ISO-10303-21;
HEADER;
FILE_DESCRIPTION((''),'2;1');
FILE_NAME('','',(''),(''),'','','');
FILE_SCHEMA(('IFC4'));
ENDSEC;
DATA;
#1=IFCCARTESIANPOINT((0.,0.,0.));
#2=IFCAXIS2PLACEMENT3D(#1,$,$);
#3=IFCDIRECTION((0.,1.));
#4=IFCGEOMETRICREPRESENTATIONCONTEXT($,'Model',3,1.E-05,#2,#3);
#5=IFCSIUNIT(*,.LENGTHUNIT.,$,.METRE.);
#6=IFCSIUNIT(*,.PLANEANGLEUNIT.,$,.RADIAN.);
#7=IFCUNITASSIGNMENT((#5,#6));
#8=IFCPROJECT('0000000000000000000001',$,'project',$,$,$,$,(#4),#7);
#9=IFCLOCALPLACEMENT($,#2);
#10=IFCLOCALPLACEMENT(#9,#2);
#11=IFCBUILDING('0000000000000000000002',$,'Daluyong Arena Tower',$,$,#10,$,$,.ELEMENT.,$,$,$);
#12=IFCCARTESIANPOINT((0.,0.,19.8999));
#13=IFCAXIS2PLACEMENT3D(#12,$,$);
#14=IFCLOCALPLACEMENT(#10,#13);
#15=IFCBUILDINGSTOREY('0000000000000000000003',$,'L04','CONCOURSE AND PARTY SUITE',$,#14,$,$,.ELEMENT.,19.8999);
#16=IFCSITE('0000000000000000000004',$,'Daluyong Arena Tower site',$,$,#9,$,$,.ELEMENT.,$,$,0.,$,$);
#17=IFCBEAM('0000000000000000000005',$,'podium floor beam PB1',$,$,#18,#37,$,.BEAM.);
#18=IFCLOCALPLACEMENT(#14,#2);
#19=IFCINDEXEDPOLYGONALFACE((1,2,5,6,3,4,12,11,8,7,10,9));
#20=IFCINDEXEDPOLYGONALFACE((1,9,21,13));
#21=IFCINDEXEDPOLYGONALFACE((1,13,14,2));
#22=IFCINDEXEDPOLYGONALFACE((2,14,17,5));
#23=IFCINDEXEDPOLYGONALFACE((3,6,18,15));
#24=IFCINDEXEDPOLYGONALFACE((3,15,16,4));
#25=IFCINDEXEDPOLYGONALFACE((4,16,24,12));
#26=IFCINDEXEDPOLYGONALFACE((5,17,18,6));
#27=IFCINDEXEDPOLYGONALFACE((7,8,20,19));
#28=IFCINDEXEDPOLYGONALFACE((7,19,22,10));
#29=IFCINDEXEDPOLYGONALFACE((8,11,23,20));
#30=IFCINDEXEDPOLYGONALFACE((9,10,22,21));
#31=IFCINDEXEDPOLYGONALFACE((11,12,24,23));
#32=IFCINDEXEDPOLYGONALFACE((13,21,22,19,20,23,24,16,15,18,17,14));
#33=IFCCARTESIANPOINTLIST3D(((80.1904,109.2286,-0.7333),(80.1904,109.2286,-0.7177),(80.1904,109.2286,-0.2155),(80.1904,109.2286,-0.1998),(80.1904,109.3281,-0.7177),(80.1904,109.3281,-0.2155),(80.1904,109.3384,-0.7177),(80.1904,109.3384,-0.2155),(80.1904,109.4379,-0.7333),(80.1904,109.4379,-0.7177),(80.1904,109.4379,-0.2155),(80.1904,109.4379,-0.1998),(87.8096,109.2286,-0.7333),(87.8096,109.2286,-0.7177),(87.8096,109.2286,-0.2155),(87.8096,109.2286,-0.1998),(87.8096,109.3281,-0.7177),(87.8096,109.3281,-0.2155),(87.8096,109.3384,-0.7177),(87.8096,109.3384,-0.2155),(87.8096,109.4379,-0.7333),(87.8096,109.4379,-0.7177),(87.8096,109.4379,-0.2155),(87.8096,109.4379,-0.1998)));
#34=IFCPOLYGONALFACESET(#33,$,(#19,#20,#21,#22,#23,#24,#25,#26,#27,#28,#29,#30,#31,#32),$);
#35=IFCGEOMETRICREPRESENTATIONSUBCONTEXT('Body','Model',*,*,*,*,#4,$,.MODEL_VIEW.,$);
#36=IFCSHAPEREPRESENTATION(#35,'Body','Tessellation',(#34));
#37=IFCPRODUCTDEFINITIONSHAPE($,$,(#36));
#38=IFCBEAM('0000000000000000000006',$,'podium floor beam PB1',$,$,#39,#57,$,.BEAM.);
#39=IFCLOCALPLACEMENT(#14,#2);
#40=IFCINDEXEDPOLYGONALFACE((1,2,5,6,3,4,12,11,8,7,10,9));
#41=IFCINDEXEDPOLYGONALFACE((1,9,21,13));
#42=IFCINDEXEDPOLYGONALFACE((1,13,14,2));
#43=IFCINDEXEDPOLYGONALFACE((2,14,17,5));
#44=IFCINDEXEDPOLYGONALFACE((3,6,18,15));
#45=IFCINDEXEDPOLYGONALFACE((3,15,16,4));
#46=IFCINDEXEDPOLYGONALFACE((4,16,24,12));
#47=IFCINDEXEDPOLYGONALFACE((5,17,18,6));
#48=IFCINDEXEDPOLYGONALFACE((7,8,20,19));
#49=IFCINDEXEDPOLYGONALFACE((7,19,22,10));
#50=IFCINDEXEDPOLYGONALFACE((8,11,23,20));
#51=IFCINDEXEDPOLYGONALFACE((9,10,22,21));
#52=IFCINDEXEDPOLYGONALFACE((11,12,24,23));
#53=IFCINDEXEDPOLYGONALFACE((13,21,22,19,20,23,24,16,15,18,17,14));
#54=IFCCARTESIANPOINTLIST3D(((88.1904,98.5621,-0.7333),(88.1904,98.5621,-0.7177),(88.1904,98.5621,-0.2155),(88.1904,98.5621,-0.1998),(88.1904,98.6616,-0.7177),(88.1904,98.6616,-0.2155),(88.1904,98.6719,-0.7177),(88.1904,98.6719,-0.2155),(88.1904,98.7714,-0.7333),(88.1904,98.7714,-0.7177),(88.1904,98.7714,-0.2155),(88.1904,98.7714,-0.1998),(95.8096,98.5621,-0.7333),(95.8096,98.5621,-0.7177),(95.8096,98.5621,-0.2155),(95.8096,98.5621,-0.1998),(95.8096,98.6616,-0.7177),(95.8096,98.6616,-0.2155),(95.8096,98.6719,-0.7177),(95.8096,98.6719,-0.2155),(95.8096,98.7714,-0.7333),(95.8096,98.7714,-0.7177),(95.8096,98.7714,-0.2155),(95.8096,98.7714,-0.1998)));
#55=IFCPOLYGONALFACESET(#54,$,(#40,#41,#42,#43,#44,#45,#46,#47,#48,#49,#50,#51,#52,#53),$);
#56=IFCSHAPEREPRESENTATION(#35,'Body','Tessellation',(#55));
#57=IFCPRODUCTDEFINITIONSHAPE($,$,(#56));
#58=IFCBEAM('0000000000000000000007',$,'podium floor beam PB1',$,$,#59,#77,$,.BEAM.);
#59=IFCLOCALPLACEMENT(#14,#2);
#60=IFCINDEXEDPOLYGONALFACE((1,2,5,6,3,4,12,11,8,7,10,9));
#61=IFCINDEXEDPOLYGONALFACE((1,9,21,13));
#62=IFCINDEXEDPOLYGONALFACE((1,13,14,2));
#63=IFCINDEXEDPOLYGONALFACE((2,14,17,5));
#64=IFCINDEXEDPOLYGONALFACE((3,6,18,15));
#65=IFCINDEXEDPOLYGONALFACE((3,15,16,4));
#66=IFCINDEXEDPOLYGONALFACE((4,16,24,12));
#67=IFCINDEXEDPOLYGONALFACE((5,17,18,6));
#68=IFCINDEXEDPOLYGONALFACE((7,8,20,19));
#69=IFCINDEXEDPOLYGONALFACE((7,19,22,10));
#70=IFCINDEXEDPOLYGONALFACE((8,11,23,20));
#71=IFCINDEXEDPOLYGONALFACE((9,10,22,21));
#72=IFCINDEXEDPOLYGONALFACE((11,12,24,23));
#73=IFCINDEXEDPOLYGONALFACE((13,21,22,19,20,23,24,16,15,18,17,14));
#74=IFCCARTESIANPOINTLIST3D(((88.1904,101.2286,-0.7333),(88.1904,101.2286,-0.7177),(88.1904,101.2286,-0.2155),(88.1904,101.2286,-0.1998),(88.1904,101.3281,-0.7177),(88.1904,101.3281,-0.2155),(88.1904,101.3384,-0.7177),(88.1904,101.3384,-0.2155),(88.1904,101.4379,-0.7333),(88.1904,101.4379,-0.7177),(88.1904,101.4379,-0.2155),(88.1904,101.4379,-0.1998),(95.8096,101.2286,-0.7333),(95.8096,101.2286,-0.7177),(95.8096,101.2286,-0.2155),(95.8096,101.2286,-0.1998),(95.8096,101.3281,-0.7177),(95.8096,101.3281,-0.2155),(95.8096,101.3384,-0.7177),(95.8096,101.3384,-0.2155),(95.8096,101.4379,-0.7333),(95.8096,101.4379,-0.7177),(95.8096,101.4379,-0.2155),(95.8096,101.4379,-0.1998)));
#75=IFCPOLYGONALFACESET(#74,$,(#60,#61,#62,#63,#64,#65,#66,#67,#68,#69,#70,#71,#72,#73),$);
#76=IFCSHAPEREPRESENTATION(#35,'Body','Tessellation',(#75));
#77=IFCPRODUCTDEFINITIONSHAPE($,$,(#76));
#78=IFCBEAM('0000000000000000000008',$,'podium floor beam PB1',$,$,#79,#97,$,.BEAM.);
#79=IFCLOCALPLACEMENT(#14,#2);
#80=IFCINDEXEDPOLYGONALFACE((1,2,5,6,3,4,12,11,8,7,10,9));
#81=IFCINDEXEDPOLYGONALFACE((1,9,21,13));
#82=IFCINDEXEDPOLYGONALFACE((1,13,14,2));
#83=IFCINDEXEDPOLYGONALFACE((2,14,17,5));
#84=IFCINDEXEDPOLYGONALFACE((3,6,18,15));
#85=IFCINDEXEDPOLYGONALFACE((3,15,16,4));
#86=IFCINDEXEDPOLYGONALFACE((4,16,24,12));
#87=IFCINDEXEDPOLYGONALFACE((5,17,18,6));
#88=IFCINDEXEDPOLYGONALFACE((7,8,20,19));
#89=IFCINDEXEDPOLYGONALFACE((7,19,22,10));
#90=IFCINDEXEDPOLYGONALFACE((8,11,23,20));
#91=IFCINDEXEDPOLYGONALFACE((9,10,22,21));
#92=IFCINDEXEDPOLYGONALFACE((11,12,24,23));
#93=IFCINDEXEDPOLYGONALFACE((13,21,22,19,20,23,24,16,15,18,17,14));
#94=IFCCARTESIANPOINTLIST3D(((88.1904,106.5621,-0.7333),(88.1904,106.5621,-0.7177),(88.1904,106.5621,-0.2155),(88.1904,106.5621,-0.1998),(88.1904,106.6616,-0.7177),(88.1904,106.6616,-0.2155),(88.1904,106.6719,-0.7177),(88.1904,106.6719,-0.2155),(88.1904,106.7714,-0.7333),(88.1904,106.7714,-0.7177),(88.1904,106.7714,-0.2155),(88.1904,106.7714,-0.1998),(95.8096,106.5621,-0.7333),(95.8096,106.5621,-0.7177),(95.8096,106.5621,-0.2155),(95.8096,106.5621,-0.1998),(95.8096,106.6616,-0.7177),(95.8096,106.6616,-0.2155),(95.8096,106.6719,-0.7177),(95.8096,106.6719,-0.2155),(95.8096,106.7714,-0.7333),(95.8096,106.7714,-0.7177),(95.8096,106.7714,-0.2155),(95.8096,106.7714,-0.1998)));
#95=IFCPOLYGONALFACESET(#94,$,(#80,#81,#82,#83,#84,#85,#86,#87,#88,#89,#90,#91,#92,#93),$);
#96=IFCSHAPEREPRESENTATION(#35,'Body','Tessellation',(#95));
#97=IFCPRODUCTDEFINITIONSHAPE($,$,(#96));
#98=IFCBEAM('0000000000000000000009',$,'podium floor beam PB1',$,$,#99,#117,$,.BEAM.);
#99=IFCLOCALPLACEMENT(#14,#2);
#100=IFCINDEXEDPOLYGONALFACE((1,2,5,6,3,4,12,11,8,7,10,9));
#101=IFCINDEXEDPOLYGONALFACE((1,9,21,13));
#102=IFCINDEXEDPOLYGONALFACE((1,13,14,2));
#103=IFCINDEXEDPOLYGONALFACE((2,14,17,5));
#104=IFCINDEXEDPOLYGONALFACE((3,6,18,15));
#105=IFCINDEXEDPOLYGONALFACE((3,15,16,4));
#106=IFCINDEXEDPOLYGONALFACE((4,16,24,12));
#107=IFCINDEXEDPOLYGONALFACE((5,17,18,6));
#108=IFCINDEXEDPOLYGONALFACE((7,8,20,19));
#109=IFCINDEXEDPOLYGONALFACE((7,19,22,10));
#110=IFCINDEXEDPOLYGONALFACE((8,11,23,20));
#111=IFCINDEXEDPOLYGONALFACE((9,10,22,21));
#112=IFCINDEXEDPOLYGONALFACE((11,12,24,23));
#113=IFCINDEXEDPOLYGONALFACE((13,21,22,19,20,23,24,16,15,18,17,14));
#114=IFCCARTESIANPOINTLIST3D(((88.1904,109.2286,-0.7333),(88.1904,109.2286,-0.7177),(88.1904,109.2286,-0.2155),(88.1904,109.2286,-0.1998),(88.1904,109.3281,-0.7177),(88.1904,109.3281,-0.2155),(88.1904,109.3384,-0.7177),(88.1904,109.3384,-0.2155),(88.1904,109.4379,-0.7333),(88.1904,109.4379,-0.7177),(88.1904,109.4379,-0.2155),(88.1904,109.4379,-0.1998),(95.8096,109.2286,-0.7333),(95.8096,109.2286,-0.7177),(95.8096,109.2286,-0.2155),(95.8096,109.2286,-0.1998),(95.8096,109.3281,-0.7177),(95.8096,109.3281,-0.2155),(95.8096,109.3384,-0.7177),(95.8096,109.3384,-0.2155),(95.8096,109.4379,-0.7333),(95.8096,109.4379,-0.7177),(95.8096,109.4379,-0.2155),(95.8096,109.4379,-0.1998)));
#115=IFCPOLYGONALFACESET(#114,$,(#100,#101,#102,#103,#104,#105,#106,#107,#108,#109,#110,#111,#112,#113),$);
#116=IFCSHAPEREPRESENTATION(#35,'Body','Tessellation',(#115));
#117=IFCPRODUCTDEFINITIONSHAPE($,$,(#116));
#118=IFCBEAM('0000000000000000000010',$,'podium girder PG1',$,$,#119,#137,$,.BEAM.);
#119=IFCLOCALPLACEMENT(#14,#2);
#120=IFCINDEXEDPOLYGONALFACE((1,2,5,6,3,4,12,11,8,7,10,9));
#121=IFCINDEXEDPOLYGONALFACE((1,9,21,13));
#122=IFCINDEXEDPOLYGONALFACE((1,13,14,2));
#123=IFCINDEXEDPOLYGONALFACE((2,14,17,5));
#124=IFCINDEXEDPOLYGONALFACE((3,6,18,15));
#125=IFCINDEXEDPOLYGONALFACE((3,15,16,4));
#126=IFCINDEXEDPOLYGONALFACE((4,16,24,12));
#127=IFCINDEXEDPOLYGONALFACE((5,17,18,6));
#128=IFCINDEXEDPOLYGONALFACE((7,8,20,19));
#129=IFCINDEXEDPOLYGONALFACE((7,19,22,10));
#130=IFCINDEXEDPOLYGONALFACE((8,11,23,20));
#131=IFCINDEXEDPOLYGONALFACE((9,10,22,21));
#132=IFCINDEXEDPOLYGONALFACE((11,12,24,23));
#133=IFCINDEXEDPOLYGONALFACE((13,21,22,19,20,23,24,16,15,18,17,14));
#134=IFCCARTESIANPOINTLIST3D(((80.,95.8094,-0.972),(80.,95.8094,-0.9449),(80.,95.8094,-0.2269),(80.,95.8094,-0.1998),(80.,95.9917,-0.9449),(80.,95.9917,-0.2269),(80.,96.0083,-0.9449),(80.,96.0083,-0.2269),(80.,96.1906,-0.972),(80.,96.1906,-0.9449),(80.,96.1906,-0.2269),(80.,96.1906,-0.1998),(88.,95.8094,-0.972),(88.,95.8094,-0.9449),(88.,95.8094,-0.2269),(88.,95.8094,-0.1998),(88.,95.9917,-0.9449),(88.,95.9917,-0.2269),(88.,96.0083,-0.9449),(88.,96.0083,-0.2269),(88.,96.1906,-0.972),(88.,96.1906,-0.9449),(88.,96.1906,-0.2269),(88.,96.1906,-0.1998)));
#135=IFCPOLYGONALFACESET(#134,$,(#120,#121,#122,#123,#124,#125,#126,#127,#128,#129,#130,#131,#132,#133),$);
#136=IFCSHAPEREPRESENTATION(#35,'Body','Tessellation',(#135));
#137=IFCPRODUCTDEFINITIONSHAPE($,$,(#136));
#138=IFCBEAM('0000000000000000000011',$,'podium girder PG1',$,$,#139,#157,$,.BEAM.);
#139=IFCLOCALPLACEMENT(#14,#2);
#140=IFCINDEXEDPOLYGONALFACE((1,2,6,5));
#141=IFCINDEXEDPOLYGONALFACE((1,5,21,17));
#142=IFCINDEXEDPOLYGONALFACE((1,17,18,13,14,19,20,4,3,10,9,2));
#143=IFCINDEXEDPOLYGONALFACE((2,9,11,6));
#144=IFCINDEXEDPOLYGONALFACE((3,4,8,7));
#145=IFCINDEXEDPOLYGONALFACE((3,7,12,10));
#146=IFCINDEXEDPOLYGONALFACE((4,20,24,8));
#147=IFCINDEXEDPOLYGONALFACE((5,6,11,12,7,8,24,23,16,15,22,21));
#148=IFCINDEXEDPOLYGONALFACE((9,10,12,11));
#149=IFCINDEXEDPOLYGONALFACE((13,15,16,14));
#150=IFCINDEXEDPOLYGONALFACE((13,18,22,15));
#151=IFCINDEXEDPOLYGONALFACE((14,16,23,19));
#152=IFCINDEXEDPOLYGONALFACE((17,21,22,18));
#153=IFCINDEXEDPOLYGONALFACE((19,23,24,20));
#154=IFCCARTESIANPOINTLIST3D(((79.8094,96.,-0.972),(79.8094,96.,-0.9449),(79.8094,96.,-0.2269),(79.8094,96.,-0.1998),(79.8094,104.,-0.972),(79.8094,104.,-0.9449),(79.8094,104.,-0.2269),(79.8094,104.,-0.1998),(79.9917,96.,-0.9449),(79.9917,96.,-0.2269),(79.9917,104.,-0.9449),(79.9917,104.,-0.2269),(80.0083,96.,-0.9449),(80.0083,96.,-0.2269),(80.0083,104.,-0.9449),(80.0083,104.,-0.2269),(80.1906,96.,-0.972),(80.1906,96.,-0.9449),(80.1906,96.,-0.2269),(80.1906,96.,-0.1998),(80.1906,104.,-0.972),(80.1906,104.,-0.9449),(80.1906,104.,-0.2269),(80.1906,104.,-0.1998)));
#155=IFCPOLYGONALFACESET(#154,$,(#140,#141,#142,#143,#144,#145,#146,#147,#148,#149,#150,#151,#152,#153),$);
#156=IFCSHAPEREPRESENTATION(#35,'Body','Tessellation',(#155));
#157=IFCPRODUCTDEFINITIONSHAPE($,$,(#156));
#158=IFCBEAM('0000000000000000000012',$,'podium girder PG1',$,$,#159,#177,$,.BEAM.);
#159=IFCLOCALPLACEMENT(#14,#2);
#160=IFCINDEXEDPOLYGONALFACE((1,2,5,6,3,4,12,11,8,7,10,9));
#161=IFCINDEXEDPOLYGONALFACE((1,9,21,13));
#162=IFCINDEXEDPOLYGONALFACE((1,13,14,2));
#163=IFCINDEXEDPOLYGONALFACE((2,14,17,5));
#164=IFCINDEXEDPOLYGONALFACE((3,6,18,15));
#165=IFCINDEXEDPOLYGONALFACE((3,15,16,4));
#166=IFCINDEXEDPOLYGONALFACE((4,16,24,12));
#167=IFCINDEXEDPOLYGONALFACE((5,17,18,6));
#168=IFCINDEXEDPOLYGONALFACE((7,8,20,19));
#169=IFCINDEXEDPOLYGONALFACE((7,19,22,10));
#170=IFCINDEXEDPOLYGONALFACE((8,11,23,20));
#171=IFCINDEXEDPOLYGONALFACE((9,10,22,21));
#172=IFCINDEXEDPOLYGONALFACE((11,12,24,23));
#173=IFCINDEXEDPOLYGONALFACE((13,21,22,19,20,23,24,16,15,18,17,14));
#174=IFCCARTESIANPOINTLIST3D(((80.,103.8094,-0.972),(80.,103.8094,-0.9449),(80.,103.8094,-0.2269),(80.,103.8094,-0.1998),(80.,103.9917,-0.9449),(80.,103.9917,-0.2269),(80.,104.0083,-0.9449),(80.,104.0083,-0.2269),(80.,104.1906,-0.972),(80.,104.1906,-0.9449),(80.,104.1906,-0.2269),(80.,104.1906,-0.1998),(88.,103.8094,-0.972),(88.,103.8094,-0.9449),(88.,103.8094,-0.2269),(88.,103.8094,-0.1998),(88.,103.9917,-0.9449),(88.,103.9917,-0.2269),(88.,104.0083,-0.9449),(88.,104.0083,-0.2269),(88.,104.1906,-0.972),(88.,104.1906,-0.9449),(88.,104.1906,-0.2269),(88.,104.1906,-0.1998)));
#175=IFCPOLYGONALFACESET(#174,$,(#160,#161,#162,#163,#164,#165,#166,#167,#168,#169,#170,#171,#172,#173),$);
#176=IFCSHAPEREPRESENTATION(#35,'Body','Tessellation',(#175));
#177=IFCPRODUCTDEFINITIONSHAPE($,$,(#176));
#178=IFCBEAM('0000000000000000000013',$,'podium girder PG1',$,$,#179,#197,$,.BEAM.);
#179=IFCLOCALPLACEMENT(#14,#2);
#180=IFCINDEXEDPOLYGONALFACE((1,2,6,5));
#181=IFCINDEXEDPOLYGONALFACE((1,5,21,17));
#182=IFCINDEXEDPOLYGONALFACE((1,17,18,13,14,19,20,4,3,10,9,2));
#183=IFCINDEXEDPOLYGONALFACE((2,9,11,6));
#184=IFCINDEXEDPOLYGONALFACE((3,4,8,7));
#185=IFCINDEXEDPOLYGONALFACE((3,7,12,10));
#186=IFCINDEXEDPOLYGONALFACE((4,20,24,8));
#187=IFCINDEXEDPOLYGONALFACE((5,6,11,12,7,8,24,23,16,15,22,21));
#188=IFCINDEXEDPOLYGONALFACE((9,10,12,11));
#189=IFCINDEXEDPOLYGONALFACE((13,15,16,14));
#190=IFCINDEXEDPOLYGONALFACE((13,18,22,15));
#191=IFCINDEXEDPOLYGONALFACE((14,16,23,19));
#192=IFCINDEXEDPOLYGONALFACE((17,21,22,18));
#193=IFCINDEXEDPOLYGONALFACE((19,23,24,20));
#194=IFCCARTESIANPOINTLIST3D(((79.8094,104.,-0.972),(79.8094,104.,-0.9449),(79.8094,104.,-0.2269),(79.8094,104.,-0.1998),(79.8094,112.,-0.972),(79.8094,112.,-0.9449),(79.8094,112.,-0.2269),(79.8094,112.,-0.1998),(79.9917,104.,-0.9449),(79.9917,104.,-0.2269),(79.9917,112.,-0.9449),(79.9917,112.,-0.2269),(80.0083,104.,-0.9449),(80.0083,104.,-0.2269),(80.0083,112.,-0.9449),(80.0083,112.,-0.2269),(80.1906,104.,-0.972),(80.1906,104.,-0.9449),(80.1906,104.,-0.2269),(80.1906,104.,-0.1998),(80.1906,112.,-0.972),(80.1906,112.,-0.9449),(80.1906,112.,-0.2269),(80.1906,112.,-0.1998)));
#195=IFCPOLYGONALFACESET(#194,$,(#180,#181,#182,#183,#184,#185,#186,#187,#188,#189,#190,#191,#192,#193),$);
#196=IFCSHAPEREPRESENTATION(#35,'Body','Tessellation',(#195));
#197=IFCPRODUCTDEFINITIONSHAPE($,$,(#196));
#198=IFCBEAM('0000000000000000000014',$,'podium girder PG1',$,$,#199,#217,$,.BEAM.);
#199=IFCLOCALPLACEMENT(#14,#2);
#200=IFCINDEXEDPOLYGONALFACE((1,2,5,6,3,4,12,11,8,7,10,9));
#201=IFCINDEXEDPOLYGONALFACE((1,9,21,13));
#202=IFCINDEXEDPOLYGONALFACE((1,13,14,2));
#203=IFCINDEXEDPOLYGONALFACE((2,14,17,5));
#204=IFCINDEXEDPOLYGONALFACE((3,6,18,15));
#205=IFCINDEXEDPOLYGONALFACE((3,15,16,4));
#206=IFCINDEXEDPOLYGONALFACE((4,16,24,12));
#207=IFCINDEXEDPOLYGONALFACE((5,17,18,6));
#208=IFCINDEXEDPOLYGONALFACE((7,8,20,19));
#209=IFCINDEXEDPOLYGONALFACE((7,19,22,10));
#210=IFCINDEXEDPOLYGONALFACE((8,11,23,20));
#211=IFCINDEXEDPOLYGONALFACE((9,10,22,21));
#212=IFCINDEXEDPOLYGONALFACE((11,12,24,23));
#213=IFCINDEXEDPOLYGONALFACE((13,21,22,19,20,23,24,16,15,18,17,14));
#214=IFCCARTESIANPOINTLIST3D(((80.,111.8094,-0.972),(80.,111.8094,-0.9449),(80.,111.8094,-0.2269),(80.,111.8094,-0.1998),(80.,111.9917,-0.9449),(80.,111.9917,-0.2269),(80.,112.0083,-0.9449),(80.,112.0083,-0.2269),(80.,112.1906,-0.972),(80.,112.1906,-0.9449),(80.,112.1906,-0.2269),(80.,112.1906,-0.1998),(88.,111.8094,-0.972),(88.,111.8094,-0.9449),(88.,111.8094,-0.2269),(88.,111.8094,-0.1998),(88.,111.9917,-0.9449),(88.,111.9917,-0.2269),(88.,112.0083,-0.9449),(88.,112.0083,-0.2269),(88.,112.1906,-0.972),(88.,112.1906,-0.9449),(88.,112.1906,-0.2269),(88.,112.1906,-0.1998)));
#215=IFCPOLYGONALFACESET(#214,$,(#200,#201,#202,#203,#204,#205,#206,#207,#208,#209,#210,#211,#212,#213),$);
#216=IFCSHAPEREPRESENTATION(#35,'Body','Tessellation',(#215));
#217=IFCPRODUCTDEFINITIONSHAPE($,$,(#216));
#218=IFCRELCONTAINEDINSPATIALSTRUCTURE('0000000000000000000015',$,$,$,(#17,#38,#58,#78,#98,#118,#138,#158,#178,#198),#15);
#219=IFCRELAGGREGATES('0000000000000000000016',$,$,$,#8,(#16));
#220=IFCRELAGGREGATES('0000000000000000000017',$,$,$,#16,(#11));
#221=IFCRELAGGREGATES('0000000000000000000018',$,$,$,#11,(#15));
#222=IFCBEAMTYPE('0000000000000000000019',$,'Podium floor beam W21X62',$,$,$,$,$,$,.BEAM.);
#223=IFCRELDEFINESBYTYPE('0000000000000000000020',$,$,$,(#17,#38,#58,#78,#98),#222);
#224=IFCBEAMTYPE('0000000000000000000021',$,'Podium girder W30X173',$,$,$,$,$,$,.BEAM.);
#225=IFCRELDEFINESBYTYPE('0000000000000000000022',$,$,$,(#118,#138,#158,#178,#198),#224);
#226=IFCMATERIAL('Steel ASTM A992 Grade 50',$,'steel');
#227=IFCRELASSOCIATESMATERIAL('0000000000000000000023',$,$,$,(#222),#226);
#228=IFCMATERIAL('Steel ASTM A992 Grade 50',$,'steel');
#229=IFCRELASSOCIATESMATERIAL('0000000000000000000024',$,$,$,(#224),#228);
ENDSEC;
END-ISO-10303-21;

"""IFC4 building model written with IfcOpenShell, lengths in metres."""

from ifc_helpers import new_model, si_unit, direction, frame, origin, origin_2d, place, context, subcontext, project, spatial, i_section, extrude, material, material_profile, profile_set, type_object, element, save


model = new_model("IFC4")

# Units and contexts
model_context = context("Model", 3, precision=1e-05, world=origin(), true_north=direction((0.0, 1.0)))
body_context = subcontext(model_context, "Body", "Model", "MODEL_VIEW")
ifc_project = project(units=[si_unit("LENGTHUNIT", "METRE"), si_unit("PLANEANGLEUNIT", "RADIAN")], contexts=[model_context])

# Site, building, storey
site_placement = place(None, origin())
site = spatial("IfcSite", under=ifc_project, at=site_placement, Name="Daluyong Arena Tower site", CompositionType="ELEMENT", RefElevation=0.0)
building_placement = place(site_placement, origin())
building = spatial("IfcBuilding", under=site, at=building_placement, Name="Daluyong Arena Tower", CompositionType="ELEMENT")
storey_placement = place(building_placement, frame((0.0, 0.0, 19.8999)))
storey = spatial("IfcBuildingStorey", under=building, at=storey_placement, Name="L04", Description="CONCOURSE AND PARTY SUITE", CompositionType="ELEMENT", Elevation=19.8999)

# Beams
ifc_material_1 = material(Name="Steel ASTM A992 Grade 50", Category="steel")
ifc_material_profile_1 = material_profile(ifc_material_1, i_section(OverallWidth=0.2092, OverallDepth=0.5334, WebThickness=0.0103, FlangeThickness=0.0156, at=origin_2d()))
ifc_profile_set_1 = profile_set([ifc_material_profile_1], Name="Steel ASTM A992 Grade 50")
beam_type_1 = type_object("IfcBeamType", Name="Podium floor beam W21X62", PredefinedType="BEAM", material=ifc_profile_set_1)
for number, where, z_axis, x_axis, name in (
    (1, (80.1904, 109.3333, -0.4666), (1.0, 0.0, 0.0), (0.0, 1.0, 0.0), "podium floor beam PB1"),
    (2, (88.1904, 98.6667, -0.4666), (1.0, 0.0, 0.0), (0.0, 1.0, 0.0), "podium floor beam PB1"),
    (3, (88.1904, 101.3333, -0.4666), (1.0, 0.0, 0.0), (0.0, 1.0, 0.0), "podium floor beam PB1"),
    (4, (88.1904, 106.6667, -0.4666), (1.0, 0.0, 0.0), (0.0, 1.0, 0.0), "podium floor beam PB1"),
    (5, (88.1904, 109.3333, -0.4666), (1.0, 0.0, 0.0), (0.0, 1.0, 0.0), "podium floor beam PB1"),
):
    element("IfcBeam", number, at=place(storey_placement, frame(where, z_axis=z_axis, x_axis=x_axis)), inside=storey, type_object=beam_type_1, Name=name, PredefinedType="BEAM", context=body_context, shape_type="SweptSolid", body=[
        extrude(i_section(OverallWidth=0.2092, OverallDepth=0.5334, WebThickness=0.0103, FlangeThickness=0.0156, at=origin_2d()), origin(), (0.0, 0.0, 1.0), 7.6191),
    ])
ifc_material_2 = material(Name="Steel ASTM A992 Grade 50", Category="steel")
ifc_material_profile_2 = material_profile(ifc_material_2, i_section(OverallWidth=0.3811, OverallDepth=0.7722, WebThickness=0.0166, FlangeThickness=0.0271, at=origin_2d()))
ifc_profile_set_2 = profile_set([ifc_material_profile_2], Name="Steel ASTM A992 Grade 50")
beam_type_2 = type_object("IfcBeamType", Name="Podium girder W30X173", PredefinedType="BEAM", material=ifc_profile_set_2)
for number, where, z_axis, x_axis, name in (
    (6, (80.0, 96.0, -0.5859), (1.0, 0.0, 0.0), (0.0, 1.0, 0.0), "podium girder PG1"),
    (7, (80.0, 96.0, -0.5859), (0.0, 1.0, 0.0), (-1.0, 0.0, 0.0), "podium girder PG1"),
    (8, (80.0, 104.0, -0.5859), (1.0, 0.0, 0.0), (0.0, 1.0, 0.0), "podium girder PG1"),
    (9, (80.0, 104.0, -0.5859), (0.0, 1.0, 0.0), (-1.0, 0.0, 0.0), "podium girder PG1"),
    (10, (80.0, 112.0, -0.5859), (1.0, 0.0, 0.0), (0.0, 1.0, 0.0), "podium girder PG1"),
):
    element("IfcBeam", number, at=place(storey_placement, frame(where, z_axis=z_axis, x_axis=x_axis)), inside=storey, type_object=beam_type_2, Name=name, PredefinedType="BEAM", context=body_context, shape_type="SweptSolid", body=[
        extrude(i_section(OverallWidth=0.3811, OverallDepth=0.7722, WebThickness=0.0166, FlangeThickness=0.0271, at=origin_2d()), origin(), (0.0, 0.0, 1.0), 8.0),
    ])

save(model, "model.ifc")
